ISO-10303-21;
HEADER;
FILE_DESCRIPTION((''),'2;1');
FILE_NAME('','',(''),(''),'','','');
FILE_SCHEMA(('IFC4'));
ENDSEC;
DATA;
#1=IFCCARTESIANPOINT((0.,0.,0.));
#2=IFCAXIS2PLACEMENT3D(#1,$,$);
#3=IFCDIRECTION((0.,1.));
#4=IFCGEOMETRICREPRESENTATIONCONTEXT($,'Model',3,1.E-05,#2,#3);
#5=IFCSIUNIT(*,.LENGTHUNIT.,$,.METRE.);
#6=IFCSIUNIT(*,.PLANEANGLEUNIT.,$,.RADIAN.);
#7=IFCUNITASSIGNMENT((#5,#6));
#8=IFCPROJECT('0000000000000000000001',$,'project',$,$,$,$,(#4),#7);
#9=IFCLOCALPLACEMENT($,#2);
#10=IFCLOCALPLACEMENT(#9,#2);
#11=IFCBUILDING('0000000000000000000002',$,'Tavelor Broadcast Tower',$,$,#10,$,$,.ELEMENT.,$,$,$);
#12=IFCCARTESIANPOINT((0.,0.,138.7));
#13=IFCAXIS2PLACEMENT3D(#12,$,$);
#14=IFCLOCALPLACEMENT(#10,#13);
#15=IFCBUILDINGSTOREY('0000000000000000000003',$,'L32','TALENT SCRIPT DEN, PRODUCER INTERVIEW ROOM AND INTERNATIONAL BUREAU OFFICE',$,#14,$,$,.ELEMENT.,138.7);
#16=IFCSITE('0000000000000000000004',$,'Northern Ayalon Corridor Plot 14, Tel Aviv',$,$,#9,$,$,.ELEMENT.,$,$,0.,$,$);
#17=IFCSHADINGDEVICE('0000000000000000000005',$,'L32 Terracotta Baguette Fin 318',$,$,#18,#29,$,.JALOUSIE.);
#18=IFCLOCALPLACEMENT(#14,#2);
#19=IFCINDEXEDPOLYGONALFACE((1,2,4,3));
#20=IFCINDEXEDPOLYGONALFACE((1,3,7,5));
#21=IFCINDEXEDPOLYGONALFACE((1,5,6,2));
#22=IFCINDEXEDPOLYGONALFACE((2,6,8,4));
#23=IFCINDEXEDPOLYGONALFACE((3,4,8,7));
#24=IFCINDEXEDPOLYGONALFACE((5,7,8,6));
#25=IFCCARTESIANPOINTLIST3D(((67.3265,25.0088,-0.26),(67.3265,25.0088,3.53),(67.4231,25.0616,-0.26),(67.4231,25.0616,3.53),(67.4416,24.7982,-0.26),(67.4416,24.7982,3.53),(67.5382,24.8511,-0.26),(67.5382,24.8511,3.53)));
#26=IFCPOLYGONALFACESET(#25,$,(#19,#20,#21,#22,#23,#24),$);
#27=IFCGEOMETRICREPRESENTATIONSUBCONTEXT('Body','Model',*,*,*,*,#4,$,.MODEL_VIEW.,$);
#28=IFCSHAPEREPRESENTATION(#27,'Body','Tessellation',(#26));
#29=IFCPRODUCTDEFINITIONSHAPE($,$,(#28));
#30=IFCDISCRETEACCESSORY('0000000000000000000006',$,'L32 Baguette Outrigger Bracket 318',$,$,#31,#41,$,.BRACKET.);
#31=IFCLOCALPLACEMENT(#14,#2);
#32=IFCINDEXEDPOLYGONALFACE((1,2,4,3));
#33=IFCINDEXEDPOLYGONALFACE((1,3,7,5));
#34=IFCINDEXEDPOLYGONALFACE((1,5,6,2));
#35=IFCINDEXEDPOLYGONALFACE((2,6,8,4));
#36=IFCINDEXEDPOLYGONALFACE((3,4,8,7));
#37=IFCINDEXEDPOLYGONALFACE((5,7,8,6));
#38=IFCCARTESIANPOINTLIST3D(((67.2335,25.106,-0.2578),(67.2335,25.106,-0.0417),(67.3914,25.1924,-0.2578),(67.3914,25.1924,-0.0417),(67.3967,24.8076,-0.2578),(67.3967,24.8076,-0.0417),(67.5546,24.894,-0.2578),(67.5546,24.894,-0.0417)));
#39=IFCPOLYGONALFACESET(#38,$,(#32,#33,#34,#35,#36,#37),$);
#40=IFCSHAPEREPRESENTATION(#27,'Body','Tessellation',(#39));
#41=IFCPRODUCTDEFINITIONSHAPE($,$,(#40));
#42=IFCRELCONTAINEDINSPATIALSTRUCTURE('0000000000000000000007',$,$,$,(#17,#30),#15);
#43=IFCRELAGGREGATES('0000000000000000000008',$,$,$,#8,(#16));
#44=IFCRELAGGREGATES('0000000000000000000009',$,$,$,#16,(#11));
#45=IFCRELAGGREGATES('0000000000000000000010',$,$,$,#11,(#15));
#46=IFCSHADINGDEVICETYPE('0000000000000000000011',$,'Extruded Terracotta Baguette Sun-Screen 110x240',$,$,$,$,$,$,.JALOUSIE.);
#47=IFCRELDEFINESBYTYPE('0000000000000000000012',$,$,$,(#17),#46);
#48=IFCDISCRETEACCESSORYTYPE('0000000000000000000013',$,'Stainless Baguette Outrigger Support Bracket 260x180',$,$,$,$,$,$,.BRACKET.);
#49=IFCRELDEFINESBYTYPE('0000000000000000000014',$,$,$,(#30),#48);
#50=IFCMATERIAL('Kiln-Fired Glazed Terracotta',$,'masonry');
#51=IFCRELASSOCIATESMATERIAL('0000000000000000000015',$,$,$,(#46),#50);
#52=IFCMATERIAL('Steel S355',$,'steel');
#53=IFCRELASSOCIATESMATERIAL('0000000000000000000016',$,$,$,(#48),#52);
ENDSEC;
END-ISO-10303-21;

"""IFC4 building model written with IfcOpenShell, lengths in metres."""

from ifc_helpers import new_model, si_unit, direction, frame, origin, origin_2d, place, context, subcontext, project, spatial, rectangle, extrude, source, transform, mapped, material, type_object, type_shapes, element, save


model = new_model("IFC4")

# Units and contexts
model_context = context("Model", 3, precision=1e-05, world=origin(), true_north=direction((0.0, 1.0)))
body_context = subcontext(model_context, "Body", "Model", "MODEL_VIEW")
ifc_project = project(units=[si_unit("LENGTHUNIT", "METRE"), si_unit("PLANEANGLEUNIT", "RADIAN")], contexts=[model_context])

# Site, building, storey
site_placement = place(None, origin())
site = spatial("IfcSite", under=ifc_project, at=site_placement, Name="Northern Ayalon Corridor Plot 14, Tel Aviv", CompositionType="ELEMENT", RefElevation=0.0)
building_placement = place(site_placement, origin())
building = spatial("IfcBuilding", under=site, at=building_placement, Name="Tavelor Broadcast Tower", CompositionType="ELEMENT")
storey_placement = place(building_placement, frame((0.0, 0.0, 138.7)))
storey = spatial("IfcBuildingStorey", under=building, at=storey_placement, Name="L32", Description="TALENT SCRIPT DEN, PRODUCER INTERVIEW ROOM AND INTERNATIONAL BUREAU OFFICE", CompositionType="ELEMENT", Elevation=138.7)

# Shared definitions
ifc_material_1 = material(Name="Steel S355", Category="steel")

# Shading device
ifc_material_2 = material(Name="Kiln-Fired Glazed Terracotta", Category="masonry")
shading_device_type = type_object("IfcShadingDeviceType", Name="Extruded Terracotta Baguette Sun-Screen 110x240", PredefinedType="JALOUSIE", material=ifc_material_2)
shared_shape_1 = source(origin(), body_context, "Body", "SweptSolid", [
    extrude(rectangle(XDim=0.1101, YDim=0.24, at=origin_2d()), origin(), (0.0, 0.0, 1.0), 3.79),
])
type_shapes(shading_device_type, [shared_shape_1])
for number, where, z_axis, x_axis, name in (
    (1, (67.4324, 24.9299, -0.26), (0.0, 0.0, 1.0), (0.877397, 0.479764, 0.0), "L32 Terracotta Baguette Fin 318"),
):
    element("IfcShadingDevice", number, at=place(storey_placement, frame(where, z_axis=z_axis, x_axis=x_axis)), inside=storey, type_object=shading_device_type, Name=name, PredefinedType="JALOUSIE", context=body_context, shape_type="MappedRepresentation", body=[
        mapped(shared_shape_1, transform((0.0, 0.0, 0.0), scale=1.0)),
    ])

# Discrete accessory
discrete_accessory_type = type_object("IfcDiscreteAccessoryType", Name="Stainless Baguette Outrigger Support Bracket 260x180", PredefinedType="BRACKET", material=ifc_material_1)
shared_shape_2 = source(origin(), body_context, "Body", "SweptSolid", [
    extrude(rectangle(XDim=0.1799, YDim=0.3401, at=origin_2d()), origin(), (0.0, 0.0, 1.0), 0.2161),
])
type_shapes(discrete_accessory_type, [shared_shape_2])
discrete_accessory_placement = place(storey_placement, frame((67.394, 25.0, -0.2578), z_axis=(0.0, 0.0, 1.0), x_axis=(0.877397, 0.479764, 0.0)))
element("IfcDiscreteAccessory", 2, at=discrete_accessory_placement, inside=storey, type_object=discrete_accessory_type, Name="L32 Baguette Outrigger Bracket 318", PredefinedType="BRACKET", context=body_context, shape_type="MappedRepresentation", body=[
    mapped(shared_shape_2, transform((0.0, 0.0, 0.0), scale=1.0)),
])

save(model, "model.ifc")
